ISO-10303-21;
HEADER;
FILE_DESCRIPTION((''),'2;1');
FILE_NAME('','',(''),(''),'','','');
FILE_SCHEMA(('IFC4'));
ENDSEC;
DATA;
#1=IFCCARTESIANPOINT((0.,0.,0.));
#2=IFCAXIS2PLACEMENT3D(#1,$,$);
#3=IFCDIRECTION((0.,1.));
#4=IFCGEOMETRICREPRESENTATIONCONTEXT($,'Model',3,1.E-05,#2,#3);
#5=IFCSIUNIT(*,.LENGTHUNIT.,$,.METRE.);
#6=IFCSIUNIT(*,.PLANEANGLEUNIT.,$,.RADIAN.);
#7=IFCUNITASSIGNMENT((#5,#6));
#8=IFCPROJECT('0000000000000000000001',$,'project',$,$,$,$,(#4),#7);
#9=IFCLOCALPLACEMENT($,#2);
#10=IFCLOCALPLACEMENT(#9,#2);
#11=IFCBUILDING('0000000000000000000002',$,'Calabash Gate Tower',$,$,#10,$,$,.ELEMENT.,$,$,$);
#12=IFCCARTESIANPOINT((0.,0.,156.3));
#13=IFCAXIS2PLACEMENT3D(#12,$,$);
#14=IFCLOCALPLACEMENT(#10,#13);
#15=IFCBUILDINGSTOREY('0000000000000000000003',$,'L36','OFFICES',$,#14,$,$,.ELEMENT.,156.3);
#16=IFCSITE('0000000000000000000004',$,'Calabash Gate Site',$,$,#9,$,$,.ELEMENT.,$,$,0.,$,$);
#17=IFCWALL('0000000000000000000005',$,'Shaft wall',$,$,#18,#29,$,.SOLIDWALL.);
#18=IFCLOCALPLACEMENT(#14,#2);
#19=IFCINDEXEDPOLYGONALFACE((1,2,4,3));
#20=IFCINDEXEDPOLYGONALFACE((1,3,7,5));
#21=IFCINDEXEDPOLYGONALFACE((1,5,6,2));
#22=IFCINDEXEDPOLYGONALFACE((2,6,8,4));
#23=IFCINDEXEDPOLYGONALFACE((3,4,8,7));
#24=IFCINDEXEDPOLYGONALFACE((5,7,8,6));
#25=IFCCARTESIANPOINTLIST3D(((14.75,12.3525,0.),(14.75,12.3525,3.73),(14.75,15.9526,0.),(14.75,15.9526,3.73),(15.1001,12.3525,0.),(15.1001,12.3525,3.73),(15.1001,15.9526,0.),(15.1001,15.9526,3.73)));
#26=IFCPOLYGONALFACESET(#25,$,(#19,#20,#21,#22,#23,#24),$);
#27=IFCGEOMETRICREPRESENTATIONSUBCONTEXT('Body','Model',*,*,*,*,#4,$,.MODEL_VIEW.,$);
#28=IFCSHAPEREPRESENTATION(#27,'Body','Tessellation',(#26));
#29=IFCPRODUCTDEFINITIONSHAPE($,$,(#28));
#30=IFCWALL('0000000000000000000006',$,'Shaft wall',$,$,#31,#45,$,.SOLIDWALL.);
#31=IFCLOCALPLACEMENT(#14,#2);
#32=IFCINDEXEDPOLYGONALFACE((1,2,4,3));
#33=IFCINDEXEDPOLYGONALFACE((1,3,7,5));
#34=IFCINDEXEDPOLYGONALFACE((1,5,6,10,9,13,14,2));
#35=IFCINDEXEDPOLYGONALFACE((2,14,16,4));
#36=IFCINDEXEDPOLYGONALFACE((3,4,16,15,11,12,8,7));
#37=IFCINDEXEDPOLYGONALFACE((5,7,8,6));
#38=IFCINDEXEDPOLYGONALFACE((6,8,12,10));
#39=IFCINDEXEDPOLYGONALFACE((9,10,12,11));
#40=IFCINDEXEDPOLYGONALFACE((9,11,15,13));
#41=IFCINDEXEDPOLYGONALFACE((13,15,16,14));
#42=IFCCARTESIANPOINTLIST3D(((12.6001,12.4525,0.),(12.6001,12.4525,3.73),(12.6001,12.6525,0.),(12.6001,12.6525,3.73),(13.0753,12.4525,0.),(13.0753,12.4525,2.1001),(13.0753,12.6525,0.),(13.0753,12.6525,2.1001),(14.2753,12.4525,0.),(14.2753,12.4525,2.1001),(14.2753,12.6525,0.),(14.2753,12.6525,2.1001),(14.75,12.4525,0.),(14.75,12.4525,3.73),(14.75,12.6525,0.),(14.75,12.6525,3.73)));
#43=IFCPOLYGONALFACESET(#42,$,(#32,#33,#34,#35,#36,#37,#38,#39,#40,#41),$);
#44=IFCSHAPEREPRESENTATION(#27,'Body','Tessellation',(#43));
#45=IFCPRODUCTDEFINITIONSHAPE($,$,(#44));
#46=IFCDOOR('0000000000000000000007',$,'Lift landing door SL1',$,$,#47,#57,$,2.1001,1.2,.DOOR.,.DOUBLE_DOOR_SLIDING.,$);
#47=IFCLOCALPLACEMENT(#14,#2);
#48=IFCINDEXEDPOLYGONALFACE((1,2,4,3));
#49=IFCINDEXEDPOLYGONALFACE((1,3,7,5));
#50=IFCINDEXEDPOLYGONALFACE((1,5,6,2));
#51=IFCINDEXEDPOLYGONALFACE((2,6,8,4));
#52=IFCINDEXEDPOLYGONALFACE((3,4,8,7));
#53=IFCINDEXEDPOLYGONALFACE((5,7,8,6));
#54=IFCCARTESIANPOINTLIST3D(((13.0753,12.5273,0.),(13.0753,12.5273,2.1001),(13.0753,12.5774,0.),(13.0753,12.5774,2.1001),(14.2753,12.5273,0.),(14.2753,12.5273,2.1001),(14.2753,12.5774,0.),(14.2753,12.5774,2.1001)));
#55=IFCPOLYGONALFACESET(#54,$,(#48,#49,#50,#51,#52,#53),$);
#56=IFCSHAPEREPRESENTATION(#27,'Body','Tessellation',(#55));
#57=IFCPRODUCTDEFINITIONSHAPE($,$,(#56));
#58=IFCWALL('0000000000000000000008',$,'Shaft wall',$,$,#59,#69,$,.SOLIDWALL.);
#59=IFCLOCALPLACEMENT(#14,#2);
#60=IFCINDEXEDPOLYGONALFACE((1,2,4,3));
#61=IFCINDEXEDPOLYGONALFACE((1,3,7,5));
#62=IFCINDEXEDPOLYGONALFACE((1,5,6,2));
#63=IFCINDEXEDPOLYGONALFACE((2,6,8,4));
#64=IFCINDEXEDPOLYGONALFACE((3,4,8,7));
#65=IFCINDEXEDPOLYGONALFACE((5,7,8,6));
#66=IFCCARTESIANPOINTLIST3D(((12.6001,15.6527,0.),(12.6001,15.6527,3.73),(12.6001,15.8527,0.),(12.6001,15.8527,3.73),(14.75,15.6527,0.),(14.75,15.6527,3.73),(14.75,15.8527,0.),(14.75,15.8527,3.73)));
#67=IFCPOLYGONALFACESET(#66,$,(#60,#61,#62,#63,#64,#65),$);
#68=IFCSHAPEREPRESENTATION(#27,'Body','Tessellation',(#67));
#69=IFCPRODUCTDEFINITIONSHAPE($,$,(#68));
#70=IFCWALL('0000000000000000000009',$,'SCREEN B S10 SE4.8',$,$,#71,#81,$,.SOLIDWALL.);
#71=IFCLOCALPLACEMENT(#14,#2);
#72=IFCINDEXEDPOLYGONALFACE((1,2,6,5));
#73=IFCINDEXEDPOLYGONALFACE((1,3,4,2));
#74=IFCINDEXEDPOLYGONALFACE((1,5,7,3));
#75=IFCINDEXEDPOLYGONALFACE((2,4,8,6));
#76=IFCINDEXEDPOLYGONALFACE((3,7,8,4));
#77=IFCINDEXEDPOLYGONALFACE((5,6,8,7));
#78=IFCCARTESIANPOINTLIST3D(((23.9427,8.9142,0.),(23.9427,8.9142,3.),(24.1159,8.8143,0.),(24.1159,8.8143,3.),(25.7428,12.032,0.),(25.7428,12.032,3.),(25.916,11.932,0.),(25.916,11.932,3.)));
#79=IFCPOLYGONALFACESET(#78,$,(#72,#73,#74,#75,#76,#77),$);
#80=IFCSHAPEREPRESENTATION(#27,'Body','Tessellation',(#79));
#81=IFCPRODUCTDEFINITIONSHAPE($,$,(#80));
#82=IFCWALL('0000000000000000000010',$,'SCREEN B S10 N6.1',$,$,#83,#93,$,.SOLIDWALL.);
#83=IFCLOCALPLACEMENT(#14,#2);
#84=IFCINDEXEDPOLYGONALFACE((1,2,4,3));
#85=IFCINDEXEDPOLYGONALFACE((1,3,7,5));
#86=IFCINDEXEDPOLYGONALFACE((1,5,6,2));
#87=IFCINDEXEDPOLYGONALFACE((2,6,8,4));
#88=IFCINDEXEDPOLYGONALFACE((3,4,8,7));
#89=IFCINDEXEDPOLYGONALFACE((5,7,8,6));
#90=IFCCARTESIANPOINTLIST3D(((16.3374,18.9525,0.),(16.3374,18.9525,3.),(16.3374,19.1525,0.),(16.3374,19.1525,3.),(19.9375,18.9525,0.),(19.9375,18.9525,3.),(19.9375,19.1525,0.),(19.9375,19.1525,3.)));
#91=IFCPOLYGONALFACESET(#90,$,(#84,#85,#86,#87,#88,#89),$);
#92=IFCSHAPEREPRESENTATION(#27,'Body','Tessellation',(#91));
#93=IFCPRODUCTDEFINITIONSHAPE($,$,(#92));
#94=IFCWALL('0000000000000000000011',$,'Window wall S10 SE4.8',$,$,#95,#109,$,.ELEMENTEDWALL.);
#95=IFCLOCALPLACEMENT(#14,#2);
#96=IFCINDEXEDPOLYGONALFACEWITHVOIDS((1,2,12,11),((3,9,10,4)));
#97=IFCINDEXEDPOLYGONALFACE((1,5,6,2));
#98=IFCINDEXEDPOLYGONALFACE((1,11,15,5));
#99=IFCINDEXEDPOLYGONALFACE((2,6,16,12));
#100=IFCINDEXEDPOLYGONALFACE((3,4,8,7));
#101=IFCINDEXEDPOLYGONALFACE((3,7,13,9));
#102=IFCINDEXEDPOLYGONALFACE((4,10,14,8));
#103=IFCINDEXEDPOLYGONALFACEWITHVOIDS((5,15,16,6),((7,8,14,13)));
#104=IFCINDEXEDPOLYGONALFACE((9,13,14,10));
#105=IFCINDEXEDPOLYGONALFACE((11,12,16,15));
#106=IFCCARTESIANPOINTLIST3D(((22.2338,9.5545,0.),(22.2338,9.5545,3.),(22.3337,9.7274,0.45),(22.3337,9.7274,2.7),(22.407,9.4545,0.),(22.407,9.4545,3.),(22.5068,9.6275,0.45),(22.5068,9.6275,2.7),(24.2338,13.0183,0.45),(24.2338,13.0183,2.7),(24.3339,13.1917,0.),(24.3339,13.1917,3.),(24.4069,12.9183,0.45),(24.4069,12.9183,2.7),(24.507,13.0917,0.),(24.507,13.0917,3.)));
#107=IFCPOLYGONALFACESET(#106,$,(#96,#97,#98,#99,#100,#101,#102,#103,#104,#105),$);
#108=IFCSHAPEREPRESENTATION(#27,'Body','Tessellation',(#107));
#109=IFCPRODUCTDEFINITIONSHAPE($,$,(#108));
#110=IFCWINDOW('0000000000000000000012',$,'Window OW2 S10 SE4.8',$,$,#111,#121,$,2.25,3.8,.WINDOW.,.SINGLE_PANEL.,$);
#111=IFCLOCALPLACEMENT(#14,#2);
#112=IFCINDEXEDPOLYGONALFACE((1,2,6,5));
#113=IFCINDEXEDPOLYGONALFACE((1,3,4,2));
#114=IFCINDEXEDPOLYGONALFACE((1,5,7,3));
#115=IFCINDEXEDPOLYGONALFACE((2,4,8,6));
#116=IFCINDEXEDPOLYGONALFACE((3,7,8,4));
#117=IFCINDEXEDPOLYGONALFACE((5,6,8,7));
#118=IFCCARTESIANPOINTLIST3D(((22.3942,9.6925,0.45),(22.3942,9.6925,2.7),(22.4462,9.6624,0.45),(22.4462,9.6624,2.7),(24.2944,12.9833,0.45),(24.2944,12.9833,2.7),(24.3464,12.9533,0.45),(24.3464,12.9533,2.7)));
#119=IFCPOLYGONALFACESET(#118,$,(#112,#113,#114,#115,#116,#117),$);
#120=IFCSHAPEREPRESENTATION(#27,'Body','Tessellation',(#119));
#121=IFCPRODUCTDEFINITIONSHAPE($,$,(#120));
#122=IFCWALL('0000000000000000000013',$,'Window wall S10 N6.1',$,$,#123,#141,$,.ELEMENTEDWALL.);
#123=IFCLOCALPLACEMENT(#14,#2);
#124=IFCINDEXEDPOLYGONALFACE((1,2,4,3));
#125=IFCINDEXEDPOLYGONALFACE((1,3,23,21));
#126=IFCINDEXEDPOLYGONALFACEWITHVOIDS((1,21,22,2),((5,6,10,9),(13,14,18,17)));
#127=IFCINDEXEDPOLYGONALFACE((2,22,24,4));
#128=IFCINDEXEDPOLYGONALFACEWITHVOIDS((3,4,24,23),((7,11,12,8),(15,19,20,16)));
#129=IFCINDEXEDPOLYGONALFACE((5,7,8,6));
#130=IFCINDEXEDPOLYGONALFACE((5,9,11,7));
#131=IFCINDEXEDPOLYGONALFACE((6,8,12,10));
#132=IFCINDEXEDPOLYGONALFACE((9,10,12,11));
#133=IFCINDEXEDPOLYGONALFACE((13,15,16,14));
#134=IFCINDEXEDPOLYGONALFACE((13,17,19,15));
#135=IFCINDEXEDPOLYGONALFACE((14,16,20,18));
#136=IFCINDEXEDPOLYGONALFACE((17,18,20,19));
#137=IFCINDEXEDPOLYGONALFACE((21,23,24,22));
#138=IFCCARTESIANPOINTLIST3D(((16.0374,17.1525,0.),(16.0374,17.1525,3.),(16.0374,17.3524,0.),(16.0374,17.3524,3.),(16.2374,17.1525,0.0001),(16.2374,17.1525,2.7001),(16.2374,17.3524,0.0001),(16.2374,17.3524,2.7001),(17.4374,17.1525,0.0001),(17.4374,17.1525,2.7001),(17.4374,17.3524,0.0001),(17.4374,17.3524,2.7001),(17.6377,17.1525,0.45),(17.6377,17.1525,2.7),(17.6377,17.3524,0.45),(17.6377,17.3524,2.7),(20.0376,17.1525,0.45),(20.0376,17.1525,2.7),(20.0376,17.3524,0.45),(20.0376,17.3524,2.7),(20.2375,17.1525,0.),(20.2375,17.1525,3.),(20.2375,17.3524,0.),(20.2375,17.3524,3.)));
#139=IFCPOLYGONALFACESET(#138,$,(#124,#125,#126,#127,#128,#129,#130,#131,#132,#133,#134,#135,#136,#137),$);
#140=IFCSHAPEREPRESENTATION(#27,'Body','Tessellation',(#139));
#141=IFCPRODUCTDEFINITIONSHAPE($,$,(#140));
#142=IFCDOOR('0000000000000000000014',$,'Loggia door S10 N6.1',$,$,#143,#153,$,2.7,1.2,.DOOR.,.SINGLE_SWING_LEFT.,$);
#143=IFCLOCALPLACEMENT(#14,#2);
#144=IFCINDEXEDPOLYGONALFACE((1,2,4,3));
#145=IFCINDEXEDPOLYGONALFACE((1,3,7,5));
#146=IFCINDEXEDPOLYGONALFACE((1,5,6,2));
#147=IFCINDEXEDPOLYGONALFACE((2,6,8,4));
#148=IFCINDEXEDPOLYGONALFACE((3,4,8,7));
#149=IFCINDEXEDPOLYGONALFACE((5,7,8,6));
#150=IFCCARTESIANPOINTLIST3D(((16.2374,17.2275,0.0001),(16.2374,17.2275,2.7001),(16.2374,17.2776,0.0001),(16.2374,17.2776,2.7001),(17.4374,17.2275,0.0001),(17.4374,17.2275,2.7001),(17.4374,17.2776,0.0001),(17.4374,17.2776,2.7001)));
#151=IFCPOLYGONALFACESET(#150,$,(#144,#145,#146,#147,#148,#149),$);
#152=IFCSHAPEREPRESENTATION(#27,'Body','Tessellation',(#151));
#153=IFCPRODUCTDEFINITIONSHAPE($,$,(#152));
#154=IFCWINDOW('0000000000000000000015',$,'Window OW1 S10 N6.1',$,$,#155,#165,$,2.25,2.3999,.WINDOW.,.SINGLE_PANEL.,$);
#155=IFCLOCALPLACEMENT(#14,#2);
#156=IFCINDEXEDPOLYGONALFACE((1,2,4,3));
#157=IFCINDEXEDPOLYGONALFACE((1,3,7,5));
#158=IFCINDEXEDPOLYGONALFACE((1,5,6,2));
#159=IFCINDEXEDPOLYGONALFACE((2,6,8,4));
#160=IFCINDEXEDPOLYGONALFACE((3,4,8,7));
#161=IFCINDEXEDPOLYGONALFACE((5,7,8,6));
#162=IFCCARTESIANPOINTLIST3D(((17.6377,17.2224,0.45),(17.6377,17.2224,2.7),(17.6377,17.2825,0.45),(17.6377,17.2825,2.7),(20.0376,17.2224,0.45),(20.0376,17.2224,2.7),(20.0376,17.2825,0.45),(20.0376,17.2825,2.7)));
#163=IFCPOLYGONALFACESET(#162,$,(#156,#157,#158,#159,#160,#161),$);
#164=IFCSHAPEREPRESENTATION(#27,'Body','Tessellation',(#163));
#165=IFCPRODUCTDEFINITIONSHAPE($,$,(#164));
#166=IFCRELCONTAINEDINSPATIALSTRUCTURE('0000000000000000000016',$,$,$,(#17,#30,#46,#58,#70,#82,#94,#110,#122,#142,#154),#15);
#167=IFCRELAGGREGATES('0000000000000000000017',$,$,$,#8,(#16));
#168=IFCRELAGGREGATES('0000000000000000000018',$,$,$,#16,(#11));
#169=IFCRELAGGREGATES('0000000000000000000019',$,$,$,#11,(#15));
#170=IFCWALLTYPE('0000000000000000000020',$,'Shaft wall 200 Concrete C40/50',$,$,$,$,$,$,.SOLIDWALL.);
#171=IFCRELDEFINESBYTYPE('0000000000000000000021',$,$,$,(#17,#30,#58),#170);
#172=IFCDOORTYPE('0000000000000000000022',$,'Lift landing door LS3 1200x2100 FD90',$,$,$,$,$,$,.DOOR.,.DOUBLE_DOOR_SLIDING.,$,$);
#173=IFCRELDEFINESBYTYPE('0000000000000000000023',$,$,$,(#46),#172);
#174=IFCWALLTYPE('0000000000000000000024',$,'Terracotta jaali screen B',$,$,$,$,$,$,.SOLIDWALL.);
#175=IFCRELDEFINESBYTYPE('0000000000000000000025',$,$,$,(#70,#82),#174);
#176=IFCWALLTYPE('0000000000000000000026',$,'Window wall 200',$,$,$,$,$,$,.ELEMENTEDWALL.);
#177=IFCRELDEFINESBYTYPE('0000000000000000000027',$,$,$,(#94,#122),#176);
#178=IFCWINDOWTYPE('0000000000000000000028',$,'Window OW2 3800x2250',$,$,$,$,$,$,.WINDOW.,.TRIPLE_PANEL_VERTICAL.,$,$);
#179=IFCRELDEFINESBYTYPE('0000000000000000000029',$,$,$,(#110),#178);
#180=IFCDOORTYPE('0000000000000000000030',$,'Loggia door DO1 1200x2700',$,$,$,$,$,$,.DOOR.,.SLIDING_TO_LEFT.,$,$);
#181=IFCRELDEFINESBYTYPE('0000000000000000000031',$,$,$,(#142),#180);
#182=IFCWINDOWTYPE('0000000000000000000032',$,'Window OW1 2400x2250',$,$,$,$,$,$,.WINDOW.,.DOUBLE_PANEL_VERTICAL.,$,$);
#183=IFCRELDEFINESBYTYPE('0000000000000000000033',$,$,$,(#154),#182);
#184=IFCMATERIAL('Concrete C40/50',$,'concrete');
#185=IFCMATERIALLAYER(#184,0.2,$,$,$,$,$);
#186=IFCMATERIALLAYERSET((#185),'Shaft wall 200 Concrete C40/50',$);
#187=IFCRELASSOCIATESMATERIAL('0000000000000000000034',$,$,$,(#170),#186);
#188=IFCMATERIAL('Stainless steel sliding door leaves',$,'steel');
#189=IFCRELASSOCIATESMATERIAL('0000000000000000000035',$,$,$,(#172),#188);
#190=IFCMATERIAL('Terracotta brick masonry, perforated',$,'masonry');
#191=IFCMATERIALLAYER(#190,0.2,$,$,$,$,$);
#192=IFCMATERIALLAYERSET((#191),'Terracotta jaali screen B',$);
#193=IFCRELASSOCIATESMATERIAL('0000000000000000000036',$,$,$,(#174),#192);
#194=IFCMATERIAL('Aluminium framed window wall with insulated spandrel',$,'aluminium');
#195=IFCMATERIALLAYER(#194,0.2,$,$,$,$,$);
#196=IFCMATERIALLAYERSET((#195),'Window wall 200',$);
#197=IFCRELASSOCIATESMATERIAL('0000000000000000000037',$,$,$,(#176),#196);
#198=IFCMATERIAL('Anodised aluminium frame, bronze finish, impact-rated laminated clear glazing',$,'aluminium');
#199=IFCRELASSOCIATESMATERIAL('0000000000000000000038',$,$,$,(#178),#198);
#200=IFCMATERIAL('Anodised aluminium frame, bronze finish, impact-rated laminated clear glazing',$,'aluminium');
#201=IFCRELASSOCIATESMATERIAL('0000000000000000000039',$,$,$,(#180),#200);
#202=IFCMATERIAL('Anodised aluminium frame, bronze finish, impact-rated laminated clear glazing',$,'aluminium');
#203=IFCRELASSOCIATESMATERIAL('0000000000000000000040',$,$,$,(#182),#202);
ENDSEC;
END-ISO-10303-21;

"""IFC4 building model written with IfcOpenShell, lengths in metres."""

from ifc_helpers import new_model, si_unit, direction, frame, frame_2d, origin, place, context, subcontext, project, spatial, rectangle, extrude, material, layer, layer_set, type_object, element, fill, save


model = new_model("IFC4")

# Units and contexts
model_context = context("Model", 3, precision=1e-05, world=origin(), true_north=direction((0.0, 1.0)))
body_context = subcontext(model_context, "Body", "Model", "MODEL_VIEW")
ifc_project = project(units=[si_unit("LENGTHUNIT", "METRE"), si_unit("PLANEANGLEUNIT", "RADIAN")], contexts=[model_context])

# Site, building, storey
site_placement = place(None, origin())
site = spatial("IfcSite", under=ifc_project, at=site_placement, Name="Calabash Gate Site", CompositionType="ELEMENT", RefElevation=0.0)
building_placement = place(site_placement, origin())
building = spatial("IfcBuilding", under=site, at=building_placement, Name="Calabash Gate Tower", CompositionType="ELEMENT")
storey_placement = place(building_placement, frame((0.0, 0.0, 156.3)))
storey = spatial("IfcBuildingStorey", under=building, at=storey_placement, Name="L36", Description="OFFICES", CompositionType="ELEMENT", Elevation=156.3)

# Wall
ifc_material_1 = material(Name="Concrete C40/50", Category="concrete")
ifc_layer_1 = layer(ifc_material_1, 0.2)
ifc_layer_set_1 = layer_set([ifc_layer_1], Name="Shaft wall 200 Concrete C40/50")
wall_type_1 = type_object("IfcWallType", Name="Shaft wall 200 Concrete C40/50", PredefinedType="SOLIDWALL", material=ifc_layer_set_1)
wall_1_placement = place(storey_placement, frame((14.925, 12.3525, 0.0), z_axis=(0.0, 0.0, 1.0), x_axis=(0.0, 1.0, 0.0)))
element("IfcWall", 1, at=wall_1_placement, inside=storey, type_object=wall_type_1, Name="Shaft wall", PredefinedType="SOLIDWALL", context=body_context, shape_type="SweptSolid", body=[
    extrude(rectangle(XDim=3.6001, YDim=0.3501, at=frame_2d((1.8, 0.0))), origin(), (0.0, 0.0, 1.0), 3.73),
])

# Wall, opening, door
wall_2_placement = place(storey_placement, frame((12.6001, 12.5525, 0.0), z_axis=(0.0, 0.0, 1.0), x_axis=(1.0, 0.0, 0.0)))
wall_2 = element("IfcWall", 2, at=wall_2_placement, inside=storey, type_object=wall_type_1, Name="Shaft wall", PredefinedType="SOLIDWALL", context=body_context, shape_type="SweptSolid", body=[
    extrude(rectangle(XDim=2.1499, YDim=0.2, at=frame_2d((1.075, 0.0))), origin(), (0.0, 0.0, 1.0), 3.73),
])
opening_1_placement = place(wall_2_placement, frame((0.4751, 0.0, 0.0)))
opening_1 = element("IfcOpeningElement", 3, at=opening_1_placement, cuts=wall_2, PredefinedType="OPENING", context=body_context, shape_type="SweptSolid", body=[
    extrude(rectangle(XDim=1.2, YDim=2.1001, at=frame_2d((0.6001, 1.05))), frame((0.0, 0.1099, 0.0), z_axis=(0.0, -1.0, 0.0), x_axis=(1.0, 0.0, 0.0)), (0.0, 0.0, 1.0), 0.22),
])
ifc_material_2 = material(Name="Stainless steel sliding door leaves", Category="steel")
door_type_1 = type_object("IfcDoorType", Name="Lift landing door LS3 1200x2100 FD90", OperationType="DOUBLE_DOOR_SLIDING", PredefinedType="DOOR", material=ifc_material_2)
door_1_placement = place(opening_1_placement, origin())
door_1 = element("IfcDoor", 4, at=door_1_placement, inside=storey, type_object=door_type_1, Name="Lift landing door SL1", OperationType="DOUBLE_DOOR_SLIDING", OverallHeight=2.1001, OverallWidth=1.2, PredefinedType="DOOR", context=body_context, shape_type="SweptSolid", body=[
    extrude(rectangle(XDim=1.2, YDim=2.1001, at=frame_2d((0.6001, 1.05))), frame((0.0, 0.0249, 0.0), z_axis=(0.0, -1.0, 0.0), x_axis=(1.0, 0.0, 0.0)), (0.0, 0.0, 1.0), 0.05),
])
fill(opening_1, door_1)

# Walls
wall_3_placement = place(storey_placement, frame((12.6001, 15.7527, 0.0), z_axis=(0.0, 0.0, 1.0), x_axis=(1.0, 0.0, 0.0)))
element("IfcWall", 5, at=wall_3_placement, inside=storey, type_object=wall_type_1, Name="Shaft wall", PredefinedType="SOLIDWALL", context=body_context, shape_type="SweptSolid", body=[
    extrude(rectangle(XDim=2.1499, YDim=0.2, at=frame_2d((1.075, 0.0))), origin(), (0.0, 0.0, 1.0), 3.73),
])
ifc_material_3 = material(Name="Terracotta brick masonry, perforated", Category="masonry")
ifc_layer_2 = layer(ifc_material_3, 0.2)
ifc_layer_set_2 = layer_set([ifc_layer_2], Name="Terracotta jaali screen B")
wall_type_2 = type_object("IfcWallType", Name="Terracotta jaali screen B", PredefinedType="SOLIDWALL", material=ifc_layer_set_2)
for number, where, z_axis, x_axis, name in (
    (6, (24.0293, 8.8643, 0.0), (0.0, 0.0, 1.0), (0.500012, 0.866018, 0.0), "SCREEN B S10 SE4.8"),
    (7, (19.9375, 19.0525, 0.0), (0.0, 0.0, 1.0), (-1.0, 0.0, 0.0), "SCREEN B S10 N6.1"),
):
    element("IfcWall", number, at=place(storey_placement, frame(where, z_axis=z_axis, x_axis=x_axis)), inside=storey, type_object=wall_type_2, Name=name, PredefinedType="SOLIDWALL", context=body_context, shape_type="SweptSolid", body=[
        extrude(rectangle(XDim=3.6001, YDim=0.2, at=frame_2d((1.8, 0.0))), origin(), (0.0, 0.0, 1.0), 3.0),
    ])

# Wall, opening, window
ifc_material_4 = material(Name="Aluminium framed window wall with insulated spandrel", Category="aluminium")
ifc_layer_3 = layer(ifc_material_4, 0.2)
ifc_layer_set_3 = layer_set([ifc_layer_3], Name="Window wall 200")
wall_type_3 = type_object("IfcWallType", Name="Window wall 200", PredefinedType="ELEMENTEDWALL", material=ifc_layer_set_3)
wall_4_placement = place(storey_placement, frame((22.3203, 9.5044, 0.0), z_axis=(0.0, 0.0, 1.0), x_axis=(0.500028, 0.866009, 0.0)))
wall_4 = element("IfcWall", 8, at=wall_4_placement, inside=storey, type_object=wall_type_3, Name="Window wall S10 SE4.8", PredefinedType="ELEMENTEDWALL", context=body_context, shape_type="SweptSolid", body=[
    extrude(rectangle(XDim=4.2, YDim=0.2, at=frame_2d((2.1001, 0.0))), origin(), (0.0, 0.0, 1.0), 3.0),
])
opening_2_placement = place(wall_4_placement, frame((0.2, 0.0, 0.45)))
opening_2 = element("IfcOpeningElement", 9, at=opening_2_placement, cuts=wall_4, PredefinedType="OPENING", context=body_context, shape_type="SweptSolid", body=[
    extrude(rectangle(XDim=3.8, YDim=2.25, at=frame_2d((1.8999, 1.125))), frame((0.0, 0.1099, 0.0), z_axis=(0.0, -1.0, 0.0), x_axis=(1.0, 0.0, 0.0)), (0.0, 0.0, 1.0), 0.22),
])
ifc_material_5 = material(Name="Anodised aluminium frame, bronze finish, impact-rated laminated clear glazing", Category="aluminium")
window_type_1 = type_object("IfcWindowType", Name="Window OW2 3800x2250", PartitioningType="TRIPLE_PANEL_VERTICAL", PredefinedType="WINDOW", material=ifc_material_5)
window_1_placement = place(opening_2_placement, origin())
window_1 = element("IfcWindow", 10, at=window_1_placement, inside=storey, type_object=window_type_1, Name="Window OW2 S10 SE4.8", OverallHeight=2.25, OverallWidth=3.8, PartitioningType="SINGLE_PANEL", PredefinedType="WINDOW", context=body_context, shape_type="SweptSolid", body=[
    extrude(rectangle(XDim=3.8, YDim=2.25, at=frame_2d((1.8999, 1.125))), frame((0.0, 0.03, 0.0), z_axis=(0.0, -1.0, 0.0), x_axis=(1.0, 0.0, 0.0)), (0.0, 0.0, 1.0), 0.0601),
])
fill(opening_2, window_1)

# Wall, openings, door, window
wall_5_placement = place(storey_placement, frame((20.2375, 17.2524, 0.0), z_axis=(0.0, 0.0, 1.0), x_axis=(-1.0, 0.0, 0.0)))
wall_5 = element("IfcWall", 11, at=wall_5_placement, inside=storey, type_object=wall_type_3, Name="Window wall S10 N6.1", PredefinedType="ELEMENTEDWALL", context=body_context, shape_type="SweptSolid", body=[
    extrude(rectangle(XDim=4.2002, YDim=0.2, at=frame_2d((2.1001, 0.0))), origin(), (0.0, 0.0, 1.0), 3.0),
])
opening_3_placement = place(wall_5_placement, frame((0.2, 0.0, 0.45)))
opening_3 = element("IfcOpeningElement", 12, at=opening_3_placement, cuts=wall_5, PredefinedType="OPENING", context=body_context, shape_type="SweptSolid", body=[
    extrude(rectangle(XDim=2.3999, YDim=2.25, at=frame_2d((1.2, 1.125))), frame((0.0, 0.1099, 0.0), z_axis=(0.0, -1.0, 0.0), x_axis=(1.0, 0.0, 0.0)), (0.0, 0.0, 1.0), 0.22),
])
opening_4_placement = place(wall_5_placement, frame((2.8, 0.0, 0.0)))
opening_4 = element("IfcOpeningElement", 13, at=opening_4_placement, cuts=wall_5, PredefinedType="OPENING", context=body_context, shape_type="SweptSolid", body=[
    extrude(rectangle(XDim=1.2, YDim=2.7, at=frame_2d((0.6001, 1.3501))), frame((0.0, 0.1099, 0.0), z_axis=(0.0, -1.0, 0.0), x_axis=(1.0, 0.0, 0.0)), (0.0, 0.0, 1.0), 0.22),
])
ifc_material_6 = material(Name="Anodised aluminium frame, bronze finish, impact-rated laminated clear glazing", Category="aluminium")
door_type_2 = type_object("IfcDoorType", Name="Loggia door DO1 1200x2700", OperationType="SLIDING_TO_LEFT", PredefinedType="DOOR", material=ifc_material_6)
door_2_placement = place(opening_4_placement, origin())
door_2 = element("IfcDoor", 14, at=door_2_placement, inside=storey, type_object=door_type_2, Name="Loggia door S10 N6.1", OperationType="SINGLE_SWING_LEFT", OverallHeight=2.7, OverallWidth=1.2, PredefinedType="DOOR", context=body_context, shape_type="SweptSolid", body=[
    extrude(rectangle(XDim=1.2, YDim=2.7, at=frame_2d((0.6001, 1.3501))), frame((0.0, 0.0249, 0.0), z_axis=(0.0, -1.0, 0.0), x_axis=(1.0, 0.0, 0.0)), (0.0, 0.0, 1.0), 0.05),
])
fill(opening_4, door_2)
ifc_material_7 = material(Name="Anodised aluminium frame, bronze finish, impact-rated laminated clear glazing", Category="aluminium")
window_type_2 = type_object("IfcWindowType", Name="Window OW1 2400x2250", PartitioningType="DOUBLE_PANEL_VERTICAL", PredefinedType="WINDOW", material=ifc_material_7)
window_2_placement = place(opening_3_placement, origin())
window_2 = element("IfcWindow", 15, at=window_2_placement, inside=storey, type_object=window_type_2, Name="Window OW1 S10 N6.1", OverallHeight=2.25, OverallWidth=2.3999, PartitioningType="SINGLE_PANEL", PredefinedType="WINDOW", context=body_context, shape_type="SweptSolid", body=[
    extrude(rectangle(XDim=2.3999, YDim=2.25, at=frame_2d((1.2, 1.125))), frame((0.0, 0.03, 0.0), z_axis=(0.0, -1.0, 0.0), x_axis=(1.0, 0.0, 0.0)), (0.0, 0.0, 1.0), 0.0601),
])
fill(opening_3, window_2)

save(model, "model.ifc")
